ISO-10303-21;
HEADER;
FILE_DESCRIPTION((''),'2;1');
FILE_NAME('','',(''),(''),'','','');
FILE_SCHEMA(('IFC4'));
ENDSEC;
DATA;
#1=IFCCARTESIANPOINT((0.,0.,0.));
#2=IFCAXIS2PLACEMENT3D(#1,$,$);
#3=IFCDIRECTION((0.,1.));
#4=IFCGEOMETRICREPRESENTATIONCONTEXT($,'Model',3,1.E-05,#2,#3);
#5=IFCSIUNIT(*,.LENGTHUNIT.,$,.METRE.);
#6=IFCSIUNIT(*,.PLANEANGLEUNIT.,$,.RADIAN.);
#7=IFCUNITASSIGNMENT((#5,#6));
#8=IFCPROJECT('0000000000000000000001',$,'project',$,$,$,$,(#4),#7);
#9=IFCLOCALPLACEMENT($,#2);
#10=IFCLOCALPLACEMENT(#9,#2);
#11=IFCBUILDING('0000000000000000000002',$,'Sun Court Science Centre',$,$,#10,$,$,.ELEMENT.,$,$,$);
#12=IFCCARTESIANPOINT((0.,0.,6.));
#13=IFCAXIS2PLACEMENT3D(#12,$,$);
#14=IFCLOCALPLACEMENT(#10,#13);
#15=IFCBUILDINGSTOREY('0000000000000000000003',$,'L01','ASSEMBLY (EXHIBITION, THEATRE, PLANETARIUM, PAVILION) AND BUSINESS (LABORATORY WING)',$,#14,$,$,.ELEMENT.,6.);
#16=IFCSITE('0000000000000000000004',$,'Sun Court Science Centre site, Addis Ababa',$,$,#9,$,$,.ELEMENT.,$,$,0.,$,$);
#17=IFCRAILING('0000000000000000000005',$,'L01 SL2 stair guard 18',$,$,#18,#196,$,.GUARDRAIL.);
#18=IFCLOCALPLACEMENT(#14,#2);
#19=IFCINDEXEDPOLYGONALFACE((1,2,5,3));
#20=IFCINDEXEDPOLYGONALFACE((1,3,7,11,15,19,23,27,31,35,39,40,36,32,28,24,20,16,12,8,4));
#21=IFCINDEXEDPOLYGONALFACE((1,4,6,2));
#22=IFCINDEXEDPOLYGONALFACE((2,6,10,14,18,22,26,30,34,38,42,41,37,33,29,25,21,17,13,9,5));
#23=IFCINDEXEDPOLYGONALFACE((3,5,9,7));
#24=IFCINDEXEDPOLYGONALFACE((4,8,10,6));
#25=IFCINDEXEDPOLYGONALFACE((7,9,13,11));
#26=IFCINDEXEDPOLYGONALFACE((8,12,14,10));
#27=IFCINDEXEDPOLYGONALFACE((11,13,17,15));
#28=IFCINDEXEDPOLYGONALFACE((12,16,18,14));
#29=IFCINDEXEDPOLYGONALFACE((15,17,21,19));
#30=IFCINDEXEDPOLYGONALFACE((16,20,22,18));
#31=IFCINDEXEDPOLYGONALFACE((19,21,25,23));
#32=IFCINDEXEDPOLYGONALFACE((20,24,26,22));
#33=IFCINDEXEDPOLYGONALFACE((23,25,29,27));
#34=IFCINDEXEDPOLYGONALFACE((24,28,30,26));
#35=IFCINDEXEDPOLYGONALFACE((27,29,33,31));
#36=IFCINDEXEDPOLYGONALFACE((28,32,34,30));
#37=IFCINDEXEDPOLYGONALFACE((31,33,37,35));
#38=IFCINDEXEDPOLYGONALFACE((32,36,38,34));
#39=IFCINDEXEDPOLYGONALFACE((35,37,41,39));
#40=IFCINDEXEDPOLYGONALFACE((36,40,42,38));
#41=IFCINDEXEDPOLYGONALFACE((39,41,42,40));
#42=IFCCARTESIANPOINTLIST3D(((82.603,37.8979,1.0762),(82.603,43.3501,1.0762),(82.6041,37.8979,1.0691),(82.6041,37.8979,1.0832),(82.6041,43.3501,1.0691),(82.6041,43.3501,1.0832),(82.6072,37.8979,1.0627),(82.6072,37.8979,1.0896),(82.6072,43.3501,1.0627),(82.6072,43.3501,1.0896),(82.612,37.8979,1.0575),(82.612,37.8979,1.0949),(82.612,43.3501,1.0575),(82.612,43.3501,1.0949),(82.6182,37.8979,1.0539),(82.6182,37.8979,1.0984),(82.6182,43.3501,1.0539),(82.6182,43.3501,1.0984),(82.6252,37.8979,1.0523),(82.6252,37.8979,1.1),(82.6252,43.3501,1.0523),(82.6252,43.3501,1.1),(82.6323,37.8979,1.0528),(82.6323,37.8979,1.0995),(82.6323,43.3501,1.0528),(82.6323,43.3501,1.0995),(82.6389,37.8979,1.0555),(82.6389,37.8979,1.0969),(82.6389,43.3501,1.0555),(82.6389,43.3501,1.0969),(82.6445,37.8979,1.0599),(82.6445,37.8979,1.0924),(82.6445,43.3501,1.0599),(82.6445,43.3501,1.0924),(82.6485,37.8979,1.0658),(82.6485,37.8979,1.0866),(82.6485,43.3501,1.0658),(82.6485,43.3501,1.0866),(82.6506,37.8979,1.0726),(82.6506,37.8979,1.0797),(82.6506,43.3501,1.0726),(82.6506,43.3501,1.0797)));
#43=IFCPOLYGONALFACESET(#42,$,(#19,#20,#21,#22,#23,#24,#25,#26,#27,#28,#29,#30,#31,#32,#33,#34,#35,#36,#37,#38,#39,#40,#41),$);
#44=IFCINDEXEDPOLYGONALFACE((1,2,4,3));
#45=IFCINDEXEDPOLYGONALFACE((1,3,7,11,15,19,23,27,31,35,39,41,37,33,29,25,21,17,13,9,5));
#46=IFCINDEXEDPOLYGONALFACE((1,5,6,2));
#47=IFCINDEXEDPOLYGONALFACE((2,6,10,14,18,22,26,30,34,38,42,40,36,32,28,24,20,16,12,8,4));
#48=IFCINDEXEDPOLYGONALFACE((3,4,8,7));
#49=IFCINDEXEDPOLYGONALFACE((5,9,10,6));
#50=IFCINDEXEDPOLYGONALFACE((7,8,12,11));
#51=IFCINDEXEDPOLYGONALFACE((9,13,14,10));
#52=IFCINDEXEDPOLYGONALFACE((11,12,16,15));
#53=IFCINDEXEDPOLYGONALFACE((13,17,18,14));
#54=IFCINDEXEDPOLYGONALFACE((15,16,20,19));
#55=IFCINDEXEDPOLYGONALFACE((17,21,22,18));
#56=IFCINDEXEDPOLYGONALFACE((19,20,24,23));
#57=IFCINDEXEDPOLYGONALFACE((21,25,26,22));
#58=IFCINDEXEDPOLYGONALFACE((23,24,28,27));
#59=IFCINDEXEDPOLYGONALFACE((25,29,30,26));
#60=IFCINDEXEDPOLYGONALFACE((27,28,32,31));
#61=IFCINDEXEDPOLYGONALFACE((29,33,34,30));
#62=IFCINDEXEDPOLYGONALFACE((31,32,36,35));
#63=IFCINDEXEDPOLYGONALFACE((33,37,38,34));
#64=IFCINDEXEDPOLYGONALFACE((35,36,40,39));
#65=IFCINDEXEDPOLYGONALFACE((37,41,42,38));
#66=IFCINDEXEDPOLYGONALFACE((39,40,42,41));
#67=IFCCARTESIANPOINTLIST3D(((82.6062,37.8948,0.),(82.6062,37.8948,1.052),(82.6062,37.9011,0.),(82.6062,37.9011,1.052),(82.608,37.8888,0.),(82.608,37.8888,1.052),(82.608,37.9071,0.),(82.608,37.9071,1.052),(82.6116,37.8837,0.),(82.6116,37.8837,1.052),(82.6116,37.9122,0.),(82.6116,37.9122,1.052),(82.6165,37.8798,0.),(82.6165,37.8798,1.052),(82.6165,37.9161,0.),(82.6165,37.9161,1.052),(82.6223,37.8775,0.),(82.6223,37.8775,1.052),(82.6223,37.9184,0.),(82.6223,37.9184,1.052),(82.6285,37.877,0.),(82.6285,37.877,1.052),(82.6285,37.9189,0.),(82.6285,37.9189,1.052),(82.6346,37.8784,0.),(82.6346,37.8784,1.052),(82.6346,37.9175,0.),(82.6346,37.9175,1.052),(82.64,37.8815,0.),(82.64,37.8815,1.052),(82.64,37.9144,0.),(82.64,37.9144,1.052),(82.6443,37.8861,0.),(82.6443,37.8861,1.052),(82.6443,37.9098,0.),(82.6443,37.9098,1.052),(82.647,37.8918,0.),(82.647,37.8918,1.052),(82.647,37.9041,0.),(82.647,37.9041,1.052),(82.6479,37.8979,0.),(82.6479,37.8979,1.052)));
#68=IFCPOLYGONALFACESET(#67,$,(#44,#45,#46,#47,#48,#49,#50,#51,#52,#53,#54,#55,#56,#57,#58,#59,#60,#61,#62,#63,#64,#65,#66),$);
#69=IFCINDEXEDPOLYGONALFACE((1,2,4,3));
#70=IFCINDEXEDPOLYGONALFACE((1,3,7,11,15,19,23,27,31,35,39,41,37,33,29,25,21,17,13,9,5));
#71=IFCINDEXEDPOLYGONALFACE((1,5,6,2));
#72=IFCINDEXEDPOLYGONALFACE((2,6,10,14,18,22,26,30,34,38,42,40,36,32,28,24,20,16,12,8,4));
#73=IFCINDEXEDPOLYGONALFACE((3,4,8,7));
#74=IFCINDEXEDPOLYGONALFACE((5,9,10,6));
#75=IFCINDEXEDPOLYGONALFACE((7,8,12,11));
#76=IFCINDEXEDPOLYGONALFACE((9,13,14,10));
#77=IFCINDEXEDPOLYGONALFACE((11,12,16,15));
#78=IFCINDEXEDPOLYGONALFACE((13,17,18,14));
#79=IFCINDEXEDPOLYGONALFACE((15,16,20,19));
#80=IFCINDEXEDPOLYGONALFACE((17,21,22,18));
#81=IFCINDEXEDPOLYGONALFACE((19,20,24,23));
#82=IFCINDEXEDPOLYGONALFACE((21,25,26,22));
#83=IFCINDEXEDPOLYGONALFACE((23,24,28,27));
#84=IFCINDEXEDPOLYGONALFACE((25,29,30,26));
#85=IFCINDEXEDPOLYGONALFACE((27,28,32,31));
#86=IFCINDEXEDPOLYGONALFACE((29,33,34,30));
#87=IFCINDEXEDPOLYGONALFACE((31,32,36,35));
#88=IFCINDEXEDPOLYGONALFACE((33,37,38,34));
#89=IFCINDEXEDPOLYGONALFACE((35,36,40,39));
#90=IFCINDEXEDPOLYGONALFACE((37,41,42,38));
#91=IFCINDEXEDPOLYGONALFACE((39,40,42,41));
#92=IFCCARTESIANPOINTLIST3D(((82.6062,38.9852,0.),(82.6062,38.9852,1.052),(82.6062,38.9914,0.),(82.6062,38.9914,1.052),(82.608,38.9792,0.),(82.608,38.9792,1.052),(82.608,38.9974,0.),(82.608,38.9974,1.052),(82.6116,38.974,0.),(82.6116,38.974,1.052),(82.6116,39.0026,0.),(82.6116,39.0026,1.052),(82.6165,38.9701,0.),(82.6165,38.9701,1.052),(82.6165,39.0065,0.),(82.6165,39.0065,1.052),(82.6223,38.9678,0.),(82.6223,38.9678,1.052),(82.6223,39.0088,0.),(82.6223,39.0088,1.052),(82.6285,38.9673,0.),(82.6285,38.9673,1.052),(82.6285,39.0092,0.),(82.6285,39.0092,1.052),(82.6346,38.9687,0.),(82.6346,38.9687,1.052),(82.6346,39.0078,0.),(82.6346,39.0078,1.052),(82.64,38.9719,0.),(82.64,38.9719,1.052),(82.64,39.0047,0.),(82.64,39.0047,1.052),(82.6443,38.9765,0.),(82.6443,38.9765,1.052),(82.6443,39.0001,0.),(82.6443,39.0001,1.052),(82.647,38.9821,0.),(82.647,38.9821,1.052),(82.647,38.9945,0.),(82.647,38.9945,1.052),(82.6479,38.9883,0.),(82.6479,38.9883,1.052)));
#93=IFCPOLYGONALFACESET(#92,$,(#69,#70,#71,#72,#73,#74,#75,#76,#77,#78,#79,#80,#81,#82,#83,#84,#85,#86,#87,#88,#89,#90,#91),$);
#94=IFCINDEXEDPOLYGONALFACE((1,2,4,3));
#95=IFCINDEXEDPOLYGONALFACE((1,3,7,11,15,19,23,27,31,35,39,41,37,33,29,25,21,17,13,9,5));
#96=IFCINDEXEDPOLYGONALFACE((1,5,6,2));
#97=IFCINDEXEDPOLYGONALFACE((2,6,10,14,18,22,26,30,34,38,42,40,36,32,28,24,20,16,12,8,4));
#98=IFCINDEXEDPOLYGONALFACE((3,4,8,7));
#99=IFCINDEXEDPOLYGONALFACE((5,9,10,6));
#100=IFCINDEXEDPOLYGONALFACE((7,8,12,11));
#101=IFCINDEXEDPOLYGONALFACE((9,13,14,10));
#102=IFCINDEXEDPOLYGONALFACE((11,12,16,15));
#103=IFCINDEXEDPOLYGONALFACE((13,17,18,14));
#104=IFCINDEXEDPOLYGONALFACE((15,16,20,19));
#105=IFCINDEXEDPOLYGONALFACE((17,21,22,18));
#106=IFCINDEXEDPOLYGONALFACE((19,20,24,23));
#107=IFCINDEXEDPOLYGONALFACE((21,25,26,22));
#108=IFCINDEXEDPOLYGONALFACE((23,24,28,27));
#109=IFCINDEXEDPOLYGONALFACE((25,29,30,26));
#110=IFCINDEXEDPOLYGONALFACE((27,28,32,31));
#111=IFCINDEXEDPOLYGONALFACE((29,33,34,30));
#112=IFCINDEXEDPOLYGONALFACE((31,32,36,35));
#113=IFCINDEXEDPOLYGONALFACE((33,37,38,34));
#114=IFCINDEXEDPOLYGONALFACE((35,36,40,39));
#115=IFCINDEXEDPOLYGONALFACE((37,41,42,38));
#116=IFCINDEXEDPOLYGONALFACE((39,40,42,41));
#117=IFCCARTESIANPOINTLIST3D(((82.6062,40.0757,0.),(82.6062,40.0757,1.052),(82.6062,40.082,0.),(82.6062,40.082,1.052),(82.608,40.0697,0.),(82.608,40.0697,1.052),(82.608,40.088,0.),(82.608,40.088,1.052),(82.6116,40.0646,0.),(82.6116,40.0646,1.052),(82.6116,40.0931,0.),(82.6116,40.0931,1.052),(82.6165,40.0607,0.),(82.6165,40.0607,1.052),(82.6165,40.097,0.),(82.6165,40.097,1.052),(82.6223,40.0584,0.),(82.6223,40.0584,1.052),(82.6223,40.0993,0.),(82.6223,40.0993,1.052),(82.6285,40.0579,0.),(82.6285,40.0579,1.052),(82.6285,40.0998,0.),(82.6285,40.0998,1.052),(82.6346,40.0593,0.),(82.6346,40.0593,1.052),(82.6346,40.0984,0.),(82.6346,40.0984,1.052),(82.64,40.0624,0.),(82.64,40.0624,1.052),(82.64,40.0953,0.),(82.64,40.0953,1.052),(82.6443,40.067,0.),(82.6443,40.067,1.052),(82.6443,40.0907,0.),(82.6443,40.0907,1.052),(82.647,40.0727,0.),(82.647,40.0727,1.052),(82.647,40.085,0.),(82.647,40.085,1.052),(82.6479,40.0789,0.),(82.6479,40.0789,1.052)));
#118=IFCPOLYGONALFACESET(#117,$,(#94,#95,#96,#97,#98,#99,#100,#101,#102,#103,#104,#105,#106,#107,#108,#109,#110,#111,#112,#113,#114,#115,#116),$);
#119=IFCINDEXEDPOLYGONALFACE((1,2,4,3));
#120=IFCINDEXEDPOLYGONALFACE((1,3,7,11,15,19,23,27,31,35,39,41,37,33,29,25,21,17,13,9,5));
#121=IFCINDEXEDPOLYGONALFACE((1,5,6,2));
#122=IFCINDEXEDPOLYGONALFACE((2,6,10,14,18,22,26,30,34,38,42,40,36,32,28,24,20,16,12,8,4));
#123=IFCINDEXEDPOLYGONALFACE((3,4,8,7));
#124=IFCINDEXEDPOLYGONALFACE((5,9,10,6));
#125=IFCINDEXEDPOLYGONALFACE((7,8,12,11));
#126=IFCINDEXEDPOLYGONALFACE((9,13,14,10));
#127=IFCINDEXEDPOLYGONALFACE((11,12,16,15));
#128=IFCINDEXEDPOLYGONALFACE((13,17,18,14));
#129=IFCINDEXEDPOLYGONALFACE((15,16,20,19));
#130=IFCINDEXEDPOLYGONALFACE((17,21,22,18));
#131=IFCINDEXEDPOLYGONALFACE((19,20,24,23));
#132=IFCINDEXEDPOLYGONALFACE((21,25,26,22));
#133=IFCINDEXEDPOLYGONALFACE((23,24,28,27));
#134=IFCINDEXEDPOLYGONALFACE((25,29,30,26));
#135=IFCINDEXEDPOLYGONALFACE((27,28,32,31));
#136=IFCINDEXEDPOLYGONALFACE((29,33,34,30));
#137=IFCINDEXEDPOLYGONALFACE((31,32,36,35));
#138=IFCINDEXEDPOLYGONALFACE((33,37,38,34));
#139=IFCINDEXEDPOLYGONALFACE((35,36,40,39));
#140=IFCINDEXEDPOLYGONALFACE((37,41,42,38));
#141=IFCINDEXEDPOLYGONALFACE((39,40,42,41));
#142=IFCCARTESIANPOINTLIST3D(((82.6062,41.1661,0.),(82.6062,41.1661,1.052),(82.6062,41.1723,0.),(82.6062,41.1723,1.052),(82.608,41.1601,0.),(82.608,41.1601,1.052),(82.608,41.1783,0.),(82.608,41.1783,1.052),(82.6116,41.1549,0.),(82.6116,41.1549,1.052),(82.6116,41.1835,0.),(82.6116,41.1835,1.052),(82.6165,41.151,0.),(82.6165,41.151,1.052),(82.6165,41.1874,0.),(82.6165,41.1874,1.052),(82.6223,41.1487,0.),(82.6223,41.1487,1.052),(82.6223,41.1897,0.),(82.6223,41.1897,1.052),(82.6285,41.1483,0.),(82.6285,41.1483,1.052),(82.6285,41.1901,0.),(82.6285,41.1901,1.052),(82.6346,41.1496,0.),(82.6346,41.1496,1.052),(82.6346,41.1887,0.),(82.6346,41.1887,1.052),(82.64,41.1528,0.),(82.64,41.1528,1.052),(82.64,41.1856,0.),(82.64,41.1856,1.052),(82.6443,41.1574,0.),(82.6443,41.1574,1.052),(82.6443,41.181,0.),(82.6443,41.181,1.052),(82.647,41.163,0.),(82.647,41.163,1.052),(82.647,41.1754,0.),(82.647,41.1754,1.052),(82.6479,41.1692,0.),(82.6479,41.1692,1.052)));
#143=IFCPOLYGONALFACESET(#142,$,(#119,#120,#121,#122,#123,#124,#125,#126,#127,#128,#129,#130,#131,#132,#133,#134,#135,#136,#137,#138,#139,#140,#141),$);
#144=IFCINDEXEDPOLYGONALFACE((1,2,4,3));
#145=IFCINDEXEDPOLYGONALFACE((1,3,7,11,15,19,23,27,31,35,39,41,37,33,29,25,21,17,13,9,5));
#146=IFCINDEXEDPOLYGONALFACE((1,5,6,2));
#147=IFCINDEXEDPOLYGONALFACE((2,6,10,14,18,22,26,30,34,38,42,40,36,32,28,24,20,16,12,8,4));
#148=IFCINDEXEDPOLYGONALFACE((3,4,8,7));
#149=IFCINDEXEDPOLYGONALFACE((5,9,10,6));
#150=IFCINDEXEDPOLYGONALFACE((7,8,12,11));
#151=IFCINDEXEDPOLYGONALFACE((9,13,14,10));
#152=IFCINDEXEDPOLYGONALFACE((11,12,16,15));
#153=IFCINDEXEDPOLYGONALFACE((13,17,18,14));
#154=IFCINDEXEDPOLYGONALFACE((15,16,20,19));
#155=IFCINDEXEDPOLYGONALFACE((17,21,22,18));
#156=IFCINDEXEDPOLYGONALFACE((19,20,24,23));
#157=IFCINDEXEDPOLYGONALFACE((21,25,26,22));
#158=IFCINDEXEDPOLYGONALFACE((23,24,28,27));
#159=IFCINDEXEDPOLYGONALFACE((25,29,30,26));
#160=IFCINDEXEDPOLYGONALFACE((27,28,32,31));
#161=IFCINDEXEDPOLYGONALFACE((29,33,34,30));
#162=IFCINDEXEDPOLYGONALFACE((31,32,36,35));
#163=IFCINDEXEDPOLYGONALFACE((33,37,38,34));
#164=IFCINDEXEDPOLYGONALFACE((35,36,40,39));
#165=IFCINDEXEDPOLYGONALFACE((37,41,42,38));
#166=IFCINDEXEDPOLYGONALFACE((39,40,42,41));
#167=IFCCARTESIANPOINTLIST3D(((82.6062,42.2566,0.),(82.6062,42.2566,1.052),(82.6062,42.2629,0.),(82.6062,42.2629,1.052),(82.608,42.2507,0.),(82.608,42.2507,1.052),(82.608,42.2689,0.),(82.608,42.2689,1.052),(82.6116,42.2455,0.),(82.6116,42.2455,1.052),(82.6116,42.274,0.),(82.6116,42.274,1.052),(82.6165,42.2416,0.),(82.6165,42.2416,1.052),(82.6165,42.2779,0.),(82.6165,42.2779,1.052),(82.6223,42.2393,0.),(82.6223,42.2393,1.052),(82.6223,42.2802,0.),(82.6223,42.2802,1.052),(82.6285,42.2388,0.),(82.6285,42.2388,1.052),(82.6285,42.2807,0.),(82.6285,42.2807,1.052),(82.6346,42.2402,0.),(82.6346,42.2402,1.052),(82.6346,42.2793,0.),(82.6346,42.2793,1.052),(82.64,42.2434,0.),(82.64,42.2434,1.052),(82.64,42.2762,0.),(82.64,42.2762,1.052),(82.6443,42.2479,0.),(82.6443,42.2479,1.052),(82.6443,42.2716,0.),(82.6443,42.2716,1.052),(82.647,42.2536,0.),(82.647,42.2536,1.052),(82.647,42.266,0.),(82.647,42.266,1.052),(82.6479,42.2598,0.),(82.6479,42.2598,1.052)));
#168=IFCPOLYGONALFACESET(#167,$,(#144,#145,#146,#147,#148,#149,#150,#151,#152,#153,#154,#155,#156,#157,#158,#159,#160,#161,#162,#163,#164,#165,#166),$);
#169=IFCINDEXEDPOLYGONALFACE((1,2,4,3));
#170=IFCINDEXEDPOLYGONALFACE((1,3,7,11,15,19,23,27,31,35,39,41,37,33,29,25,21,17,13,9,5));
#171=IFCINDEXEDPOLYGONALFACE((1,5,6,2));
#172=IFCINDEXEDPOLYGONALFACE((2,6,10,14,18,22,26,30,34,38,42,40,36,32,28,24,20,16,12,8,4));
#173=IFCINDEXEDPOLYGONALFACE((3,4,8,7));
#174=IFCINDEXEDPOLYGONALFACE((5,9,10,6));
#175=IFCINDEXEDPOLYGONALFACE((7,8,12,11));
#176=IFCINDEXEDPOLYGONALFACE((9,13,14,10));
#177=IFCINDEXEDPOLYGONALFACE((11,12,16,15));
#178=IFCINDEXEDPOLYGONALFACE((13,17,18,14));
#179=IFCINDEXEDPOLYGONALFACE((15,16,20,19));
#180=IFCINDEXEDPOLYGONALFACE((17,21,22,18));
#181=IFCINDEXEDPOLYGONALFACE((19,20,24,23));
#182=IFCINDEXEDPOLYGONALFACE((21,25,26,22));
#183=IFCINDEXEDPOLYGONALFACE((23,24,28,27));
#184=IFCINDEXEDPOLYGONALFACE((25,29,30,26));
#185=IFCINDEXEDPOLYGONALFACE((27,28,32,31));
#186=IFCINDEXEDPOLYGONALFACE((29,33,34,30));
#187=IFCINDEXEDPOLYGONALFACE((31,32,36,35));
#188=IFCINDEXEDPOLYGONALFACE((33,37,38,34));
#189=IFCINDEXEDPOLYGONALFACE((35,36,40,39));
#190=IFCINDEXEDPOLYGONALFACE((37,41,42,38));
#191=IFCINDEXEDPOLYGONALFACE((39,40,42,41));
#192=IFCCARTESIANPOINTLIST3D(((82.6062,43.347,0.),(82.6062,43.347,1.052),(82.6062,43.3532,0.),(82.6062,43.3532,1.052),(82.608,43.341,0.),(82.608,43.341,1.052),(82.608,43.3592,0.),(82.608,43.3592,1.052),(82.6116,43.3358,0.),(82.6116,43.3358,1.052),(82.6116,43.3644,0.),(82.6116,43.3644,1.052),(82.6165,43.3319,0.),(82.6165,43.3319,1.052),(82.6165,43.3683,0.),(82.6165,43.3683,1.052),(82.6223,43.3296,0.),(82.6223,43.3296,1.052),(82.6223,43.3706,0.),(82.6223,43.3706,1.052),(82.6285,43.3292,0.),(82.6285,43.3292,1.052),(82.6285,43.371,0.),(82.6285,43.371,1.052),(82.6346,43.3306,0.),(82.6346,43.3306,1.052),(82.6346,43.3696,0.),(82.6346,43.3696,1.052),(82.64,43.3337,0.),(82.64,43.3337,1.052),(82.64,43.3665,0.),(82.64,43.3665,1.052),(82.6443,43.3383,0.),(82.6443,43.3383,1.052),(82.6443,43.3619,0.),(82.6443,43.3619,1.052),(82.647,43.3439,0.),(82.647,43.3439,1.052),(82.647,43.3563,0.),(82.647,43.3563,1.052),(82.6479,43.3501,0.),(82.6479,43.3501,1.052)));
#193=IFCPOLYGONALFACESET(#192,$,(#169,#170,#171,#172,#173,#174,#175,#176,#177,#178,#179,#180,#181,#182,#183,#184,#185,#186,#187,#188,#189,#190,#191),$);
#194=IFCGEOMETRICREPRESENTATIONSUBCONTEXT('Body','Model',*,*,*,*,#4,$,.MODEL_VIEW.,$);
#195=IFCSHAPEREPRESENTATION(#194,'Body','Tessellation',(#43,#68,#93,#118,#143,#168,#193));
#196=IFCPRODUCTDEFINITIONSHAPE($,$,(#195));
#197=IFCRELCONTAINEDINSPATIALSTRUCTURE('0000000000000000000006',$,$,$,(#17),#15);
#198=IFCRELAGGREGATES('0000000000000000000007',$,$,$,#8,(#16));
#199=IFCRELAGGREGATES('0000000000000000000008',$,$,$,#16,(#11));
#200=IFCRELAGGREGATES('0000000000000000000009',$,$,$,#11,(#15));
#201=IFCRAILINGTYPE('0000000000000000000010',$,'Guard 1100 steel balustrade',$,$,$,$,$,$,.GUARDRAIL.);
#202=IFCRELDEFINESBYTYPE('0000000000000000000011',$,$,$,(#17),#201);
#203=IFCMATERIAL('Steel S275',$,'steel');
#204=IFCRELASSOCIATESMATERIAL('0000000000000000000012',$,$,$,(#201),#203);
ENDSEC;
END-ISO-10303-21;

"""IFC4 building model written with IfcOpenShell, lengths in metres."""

from ifc_helpers import new_model, si_unit, direction, frame, origin, origin_2d, place, context, subcontext, project, spatial, circle, extrude, material, type_object, element, save


model = new_model("IFC4")

# Units and contexts
model_context = context("Model", 3, precision=1e-05, world=origin(), true_north=direction((0.0, 1.0)))
body_context = subcontext(model_context, "Body", "Model", "MODEL_VIEW")
ifc_project = project(units=[si_unit("LENGTHUNIT", "METRE"), si_unit("PLANEANGLEUNIT", "RADIAN")], contexts=[model_context])

# Site, building, storey
site_placement = place(None, origin())
site = spatial("IfcSite", under=ifc_project, at=site_placement, Name="Sun Court Science Centre site, Addis Ababa", CompositionType="ELEMENT", RefElevation=0.0)
building_placement = place(site_placement, origin())
building = spatial("IfcBuilding", under=site, at=building_placement, Name="Sun Court Science Centre", CompositionType="ELEMENT")
storey_placement = place(building_placement, frame((0.0, 0.0, 6.0)))
storey = spatial("IfcBuildingStorey", under=building, at=storey_placement, Name="L01", Description="ASSEMBLY (EXHIBITION, THEATRE, PLANETARIUM, PAVILION) AND BUSINESS (LABORATORY WING)", CompositionType="ELEMENT", Elevation=6.0)

# Railing
ifc_material_1 = material(Name="Steel S275", Category="steel")
railing_type = type_object("IfcRailingType", Name="Guard 1100 steel balustrade", PredefinedType="GUARDRAIL", material=ifc_material_1)
railing_placement = place(storey_placement, frame((82.627, 37.8979, 0.0)))
element("IfcRailing", 1, at=railing_placement, inside=storey, type_object=railing_type, Name="L01 SL2 stair guard 18", PredefinedType="GUARDRAIL", context=body_context, shape_type="SweptSolid", body=[
    extrude(circle(Radius=0.0239, at=origin_2d()), frame((0.0, 0.0, 1.0762), z_axis=(0.0, 1.0, 0.0), x_axis=(-1.0, 0.0, 0.0)), (0.0, 0.0, 1.0), 5.4521),
    extrude(circle(Radius=0.021, at=origin_2d()), origin(), (0.0, 0.0, 1.0), 1.052),
    extrude(circle(Radius=0.021, at=origin_2d()), frame((0.0, 1.0903, 0.0)), (0.0, 0.0, 1.0), 1.052),
    extrude(circle(Radius=0.021, at=origin_2d()), frame((0.0, 2.1809, 0.0)), (0.0, 0.0, 1.0), 1.052),
    extrude(circle(Radius=0.021, at=origin_2d()), frame((0.0, 3.2712, 0.0)), (0.0, 0.0, 1.0), 1.052),
    extrude(circle(Radius=0.021, at=origin_2d()), frame((0.0, 4.3618, 0.0)), (0.0, 0.0, 1.0), 1.052),
    extrude(circle(Radius=0.021, at=origin_2d()), frame((0.0, 5.4521, 0.0)), (0.0, 0.0, 1.0), 1.052),
])

save(model, "model.ifc")
